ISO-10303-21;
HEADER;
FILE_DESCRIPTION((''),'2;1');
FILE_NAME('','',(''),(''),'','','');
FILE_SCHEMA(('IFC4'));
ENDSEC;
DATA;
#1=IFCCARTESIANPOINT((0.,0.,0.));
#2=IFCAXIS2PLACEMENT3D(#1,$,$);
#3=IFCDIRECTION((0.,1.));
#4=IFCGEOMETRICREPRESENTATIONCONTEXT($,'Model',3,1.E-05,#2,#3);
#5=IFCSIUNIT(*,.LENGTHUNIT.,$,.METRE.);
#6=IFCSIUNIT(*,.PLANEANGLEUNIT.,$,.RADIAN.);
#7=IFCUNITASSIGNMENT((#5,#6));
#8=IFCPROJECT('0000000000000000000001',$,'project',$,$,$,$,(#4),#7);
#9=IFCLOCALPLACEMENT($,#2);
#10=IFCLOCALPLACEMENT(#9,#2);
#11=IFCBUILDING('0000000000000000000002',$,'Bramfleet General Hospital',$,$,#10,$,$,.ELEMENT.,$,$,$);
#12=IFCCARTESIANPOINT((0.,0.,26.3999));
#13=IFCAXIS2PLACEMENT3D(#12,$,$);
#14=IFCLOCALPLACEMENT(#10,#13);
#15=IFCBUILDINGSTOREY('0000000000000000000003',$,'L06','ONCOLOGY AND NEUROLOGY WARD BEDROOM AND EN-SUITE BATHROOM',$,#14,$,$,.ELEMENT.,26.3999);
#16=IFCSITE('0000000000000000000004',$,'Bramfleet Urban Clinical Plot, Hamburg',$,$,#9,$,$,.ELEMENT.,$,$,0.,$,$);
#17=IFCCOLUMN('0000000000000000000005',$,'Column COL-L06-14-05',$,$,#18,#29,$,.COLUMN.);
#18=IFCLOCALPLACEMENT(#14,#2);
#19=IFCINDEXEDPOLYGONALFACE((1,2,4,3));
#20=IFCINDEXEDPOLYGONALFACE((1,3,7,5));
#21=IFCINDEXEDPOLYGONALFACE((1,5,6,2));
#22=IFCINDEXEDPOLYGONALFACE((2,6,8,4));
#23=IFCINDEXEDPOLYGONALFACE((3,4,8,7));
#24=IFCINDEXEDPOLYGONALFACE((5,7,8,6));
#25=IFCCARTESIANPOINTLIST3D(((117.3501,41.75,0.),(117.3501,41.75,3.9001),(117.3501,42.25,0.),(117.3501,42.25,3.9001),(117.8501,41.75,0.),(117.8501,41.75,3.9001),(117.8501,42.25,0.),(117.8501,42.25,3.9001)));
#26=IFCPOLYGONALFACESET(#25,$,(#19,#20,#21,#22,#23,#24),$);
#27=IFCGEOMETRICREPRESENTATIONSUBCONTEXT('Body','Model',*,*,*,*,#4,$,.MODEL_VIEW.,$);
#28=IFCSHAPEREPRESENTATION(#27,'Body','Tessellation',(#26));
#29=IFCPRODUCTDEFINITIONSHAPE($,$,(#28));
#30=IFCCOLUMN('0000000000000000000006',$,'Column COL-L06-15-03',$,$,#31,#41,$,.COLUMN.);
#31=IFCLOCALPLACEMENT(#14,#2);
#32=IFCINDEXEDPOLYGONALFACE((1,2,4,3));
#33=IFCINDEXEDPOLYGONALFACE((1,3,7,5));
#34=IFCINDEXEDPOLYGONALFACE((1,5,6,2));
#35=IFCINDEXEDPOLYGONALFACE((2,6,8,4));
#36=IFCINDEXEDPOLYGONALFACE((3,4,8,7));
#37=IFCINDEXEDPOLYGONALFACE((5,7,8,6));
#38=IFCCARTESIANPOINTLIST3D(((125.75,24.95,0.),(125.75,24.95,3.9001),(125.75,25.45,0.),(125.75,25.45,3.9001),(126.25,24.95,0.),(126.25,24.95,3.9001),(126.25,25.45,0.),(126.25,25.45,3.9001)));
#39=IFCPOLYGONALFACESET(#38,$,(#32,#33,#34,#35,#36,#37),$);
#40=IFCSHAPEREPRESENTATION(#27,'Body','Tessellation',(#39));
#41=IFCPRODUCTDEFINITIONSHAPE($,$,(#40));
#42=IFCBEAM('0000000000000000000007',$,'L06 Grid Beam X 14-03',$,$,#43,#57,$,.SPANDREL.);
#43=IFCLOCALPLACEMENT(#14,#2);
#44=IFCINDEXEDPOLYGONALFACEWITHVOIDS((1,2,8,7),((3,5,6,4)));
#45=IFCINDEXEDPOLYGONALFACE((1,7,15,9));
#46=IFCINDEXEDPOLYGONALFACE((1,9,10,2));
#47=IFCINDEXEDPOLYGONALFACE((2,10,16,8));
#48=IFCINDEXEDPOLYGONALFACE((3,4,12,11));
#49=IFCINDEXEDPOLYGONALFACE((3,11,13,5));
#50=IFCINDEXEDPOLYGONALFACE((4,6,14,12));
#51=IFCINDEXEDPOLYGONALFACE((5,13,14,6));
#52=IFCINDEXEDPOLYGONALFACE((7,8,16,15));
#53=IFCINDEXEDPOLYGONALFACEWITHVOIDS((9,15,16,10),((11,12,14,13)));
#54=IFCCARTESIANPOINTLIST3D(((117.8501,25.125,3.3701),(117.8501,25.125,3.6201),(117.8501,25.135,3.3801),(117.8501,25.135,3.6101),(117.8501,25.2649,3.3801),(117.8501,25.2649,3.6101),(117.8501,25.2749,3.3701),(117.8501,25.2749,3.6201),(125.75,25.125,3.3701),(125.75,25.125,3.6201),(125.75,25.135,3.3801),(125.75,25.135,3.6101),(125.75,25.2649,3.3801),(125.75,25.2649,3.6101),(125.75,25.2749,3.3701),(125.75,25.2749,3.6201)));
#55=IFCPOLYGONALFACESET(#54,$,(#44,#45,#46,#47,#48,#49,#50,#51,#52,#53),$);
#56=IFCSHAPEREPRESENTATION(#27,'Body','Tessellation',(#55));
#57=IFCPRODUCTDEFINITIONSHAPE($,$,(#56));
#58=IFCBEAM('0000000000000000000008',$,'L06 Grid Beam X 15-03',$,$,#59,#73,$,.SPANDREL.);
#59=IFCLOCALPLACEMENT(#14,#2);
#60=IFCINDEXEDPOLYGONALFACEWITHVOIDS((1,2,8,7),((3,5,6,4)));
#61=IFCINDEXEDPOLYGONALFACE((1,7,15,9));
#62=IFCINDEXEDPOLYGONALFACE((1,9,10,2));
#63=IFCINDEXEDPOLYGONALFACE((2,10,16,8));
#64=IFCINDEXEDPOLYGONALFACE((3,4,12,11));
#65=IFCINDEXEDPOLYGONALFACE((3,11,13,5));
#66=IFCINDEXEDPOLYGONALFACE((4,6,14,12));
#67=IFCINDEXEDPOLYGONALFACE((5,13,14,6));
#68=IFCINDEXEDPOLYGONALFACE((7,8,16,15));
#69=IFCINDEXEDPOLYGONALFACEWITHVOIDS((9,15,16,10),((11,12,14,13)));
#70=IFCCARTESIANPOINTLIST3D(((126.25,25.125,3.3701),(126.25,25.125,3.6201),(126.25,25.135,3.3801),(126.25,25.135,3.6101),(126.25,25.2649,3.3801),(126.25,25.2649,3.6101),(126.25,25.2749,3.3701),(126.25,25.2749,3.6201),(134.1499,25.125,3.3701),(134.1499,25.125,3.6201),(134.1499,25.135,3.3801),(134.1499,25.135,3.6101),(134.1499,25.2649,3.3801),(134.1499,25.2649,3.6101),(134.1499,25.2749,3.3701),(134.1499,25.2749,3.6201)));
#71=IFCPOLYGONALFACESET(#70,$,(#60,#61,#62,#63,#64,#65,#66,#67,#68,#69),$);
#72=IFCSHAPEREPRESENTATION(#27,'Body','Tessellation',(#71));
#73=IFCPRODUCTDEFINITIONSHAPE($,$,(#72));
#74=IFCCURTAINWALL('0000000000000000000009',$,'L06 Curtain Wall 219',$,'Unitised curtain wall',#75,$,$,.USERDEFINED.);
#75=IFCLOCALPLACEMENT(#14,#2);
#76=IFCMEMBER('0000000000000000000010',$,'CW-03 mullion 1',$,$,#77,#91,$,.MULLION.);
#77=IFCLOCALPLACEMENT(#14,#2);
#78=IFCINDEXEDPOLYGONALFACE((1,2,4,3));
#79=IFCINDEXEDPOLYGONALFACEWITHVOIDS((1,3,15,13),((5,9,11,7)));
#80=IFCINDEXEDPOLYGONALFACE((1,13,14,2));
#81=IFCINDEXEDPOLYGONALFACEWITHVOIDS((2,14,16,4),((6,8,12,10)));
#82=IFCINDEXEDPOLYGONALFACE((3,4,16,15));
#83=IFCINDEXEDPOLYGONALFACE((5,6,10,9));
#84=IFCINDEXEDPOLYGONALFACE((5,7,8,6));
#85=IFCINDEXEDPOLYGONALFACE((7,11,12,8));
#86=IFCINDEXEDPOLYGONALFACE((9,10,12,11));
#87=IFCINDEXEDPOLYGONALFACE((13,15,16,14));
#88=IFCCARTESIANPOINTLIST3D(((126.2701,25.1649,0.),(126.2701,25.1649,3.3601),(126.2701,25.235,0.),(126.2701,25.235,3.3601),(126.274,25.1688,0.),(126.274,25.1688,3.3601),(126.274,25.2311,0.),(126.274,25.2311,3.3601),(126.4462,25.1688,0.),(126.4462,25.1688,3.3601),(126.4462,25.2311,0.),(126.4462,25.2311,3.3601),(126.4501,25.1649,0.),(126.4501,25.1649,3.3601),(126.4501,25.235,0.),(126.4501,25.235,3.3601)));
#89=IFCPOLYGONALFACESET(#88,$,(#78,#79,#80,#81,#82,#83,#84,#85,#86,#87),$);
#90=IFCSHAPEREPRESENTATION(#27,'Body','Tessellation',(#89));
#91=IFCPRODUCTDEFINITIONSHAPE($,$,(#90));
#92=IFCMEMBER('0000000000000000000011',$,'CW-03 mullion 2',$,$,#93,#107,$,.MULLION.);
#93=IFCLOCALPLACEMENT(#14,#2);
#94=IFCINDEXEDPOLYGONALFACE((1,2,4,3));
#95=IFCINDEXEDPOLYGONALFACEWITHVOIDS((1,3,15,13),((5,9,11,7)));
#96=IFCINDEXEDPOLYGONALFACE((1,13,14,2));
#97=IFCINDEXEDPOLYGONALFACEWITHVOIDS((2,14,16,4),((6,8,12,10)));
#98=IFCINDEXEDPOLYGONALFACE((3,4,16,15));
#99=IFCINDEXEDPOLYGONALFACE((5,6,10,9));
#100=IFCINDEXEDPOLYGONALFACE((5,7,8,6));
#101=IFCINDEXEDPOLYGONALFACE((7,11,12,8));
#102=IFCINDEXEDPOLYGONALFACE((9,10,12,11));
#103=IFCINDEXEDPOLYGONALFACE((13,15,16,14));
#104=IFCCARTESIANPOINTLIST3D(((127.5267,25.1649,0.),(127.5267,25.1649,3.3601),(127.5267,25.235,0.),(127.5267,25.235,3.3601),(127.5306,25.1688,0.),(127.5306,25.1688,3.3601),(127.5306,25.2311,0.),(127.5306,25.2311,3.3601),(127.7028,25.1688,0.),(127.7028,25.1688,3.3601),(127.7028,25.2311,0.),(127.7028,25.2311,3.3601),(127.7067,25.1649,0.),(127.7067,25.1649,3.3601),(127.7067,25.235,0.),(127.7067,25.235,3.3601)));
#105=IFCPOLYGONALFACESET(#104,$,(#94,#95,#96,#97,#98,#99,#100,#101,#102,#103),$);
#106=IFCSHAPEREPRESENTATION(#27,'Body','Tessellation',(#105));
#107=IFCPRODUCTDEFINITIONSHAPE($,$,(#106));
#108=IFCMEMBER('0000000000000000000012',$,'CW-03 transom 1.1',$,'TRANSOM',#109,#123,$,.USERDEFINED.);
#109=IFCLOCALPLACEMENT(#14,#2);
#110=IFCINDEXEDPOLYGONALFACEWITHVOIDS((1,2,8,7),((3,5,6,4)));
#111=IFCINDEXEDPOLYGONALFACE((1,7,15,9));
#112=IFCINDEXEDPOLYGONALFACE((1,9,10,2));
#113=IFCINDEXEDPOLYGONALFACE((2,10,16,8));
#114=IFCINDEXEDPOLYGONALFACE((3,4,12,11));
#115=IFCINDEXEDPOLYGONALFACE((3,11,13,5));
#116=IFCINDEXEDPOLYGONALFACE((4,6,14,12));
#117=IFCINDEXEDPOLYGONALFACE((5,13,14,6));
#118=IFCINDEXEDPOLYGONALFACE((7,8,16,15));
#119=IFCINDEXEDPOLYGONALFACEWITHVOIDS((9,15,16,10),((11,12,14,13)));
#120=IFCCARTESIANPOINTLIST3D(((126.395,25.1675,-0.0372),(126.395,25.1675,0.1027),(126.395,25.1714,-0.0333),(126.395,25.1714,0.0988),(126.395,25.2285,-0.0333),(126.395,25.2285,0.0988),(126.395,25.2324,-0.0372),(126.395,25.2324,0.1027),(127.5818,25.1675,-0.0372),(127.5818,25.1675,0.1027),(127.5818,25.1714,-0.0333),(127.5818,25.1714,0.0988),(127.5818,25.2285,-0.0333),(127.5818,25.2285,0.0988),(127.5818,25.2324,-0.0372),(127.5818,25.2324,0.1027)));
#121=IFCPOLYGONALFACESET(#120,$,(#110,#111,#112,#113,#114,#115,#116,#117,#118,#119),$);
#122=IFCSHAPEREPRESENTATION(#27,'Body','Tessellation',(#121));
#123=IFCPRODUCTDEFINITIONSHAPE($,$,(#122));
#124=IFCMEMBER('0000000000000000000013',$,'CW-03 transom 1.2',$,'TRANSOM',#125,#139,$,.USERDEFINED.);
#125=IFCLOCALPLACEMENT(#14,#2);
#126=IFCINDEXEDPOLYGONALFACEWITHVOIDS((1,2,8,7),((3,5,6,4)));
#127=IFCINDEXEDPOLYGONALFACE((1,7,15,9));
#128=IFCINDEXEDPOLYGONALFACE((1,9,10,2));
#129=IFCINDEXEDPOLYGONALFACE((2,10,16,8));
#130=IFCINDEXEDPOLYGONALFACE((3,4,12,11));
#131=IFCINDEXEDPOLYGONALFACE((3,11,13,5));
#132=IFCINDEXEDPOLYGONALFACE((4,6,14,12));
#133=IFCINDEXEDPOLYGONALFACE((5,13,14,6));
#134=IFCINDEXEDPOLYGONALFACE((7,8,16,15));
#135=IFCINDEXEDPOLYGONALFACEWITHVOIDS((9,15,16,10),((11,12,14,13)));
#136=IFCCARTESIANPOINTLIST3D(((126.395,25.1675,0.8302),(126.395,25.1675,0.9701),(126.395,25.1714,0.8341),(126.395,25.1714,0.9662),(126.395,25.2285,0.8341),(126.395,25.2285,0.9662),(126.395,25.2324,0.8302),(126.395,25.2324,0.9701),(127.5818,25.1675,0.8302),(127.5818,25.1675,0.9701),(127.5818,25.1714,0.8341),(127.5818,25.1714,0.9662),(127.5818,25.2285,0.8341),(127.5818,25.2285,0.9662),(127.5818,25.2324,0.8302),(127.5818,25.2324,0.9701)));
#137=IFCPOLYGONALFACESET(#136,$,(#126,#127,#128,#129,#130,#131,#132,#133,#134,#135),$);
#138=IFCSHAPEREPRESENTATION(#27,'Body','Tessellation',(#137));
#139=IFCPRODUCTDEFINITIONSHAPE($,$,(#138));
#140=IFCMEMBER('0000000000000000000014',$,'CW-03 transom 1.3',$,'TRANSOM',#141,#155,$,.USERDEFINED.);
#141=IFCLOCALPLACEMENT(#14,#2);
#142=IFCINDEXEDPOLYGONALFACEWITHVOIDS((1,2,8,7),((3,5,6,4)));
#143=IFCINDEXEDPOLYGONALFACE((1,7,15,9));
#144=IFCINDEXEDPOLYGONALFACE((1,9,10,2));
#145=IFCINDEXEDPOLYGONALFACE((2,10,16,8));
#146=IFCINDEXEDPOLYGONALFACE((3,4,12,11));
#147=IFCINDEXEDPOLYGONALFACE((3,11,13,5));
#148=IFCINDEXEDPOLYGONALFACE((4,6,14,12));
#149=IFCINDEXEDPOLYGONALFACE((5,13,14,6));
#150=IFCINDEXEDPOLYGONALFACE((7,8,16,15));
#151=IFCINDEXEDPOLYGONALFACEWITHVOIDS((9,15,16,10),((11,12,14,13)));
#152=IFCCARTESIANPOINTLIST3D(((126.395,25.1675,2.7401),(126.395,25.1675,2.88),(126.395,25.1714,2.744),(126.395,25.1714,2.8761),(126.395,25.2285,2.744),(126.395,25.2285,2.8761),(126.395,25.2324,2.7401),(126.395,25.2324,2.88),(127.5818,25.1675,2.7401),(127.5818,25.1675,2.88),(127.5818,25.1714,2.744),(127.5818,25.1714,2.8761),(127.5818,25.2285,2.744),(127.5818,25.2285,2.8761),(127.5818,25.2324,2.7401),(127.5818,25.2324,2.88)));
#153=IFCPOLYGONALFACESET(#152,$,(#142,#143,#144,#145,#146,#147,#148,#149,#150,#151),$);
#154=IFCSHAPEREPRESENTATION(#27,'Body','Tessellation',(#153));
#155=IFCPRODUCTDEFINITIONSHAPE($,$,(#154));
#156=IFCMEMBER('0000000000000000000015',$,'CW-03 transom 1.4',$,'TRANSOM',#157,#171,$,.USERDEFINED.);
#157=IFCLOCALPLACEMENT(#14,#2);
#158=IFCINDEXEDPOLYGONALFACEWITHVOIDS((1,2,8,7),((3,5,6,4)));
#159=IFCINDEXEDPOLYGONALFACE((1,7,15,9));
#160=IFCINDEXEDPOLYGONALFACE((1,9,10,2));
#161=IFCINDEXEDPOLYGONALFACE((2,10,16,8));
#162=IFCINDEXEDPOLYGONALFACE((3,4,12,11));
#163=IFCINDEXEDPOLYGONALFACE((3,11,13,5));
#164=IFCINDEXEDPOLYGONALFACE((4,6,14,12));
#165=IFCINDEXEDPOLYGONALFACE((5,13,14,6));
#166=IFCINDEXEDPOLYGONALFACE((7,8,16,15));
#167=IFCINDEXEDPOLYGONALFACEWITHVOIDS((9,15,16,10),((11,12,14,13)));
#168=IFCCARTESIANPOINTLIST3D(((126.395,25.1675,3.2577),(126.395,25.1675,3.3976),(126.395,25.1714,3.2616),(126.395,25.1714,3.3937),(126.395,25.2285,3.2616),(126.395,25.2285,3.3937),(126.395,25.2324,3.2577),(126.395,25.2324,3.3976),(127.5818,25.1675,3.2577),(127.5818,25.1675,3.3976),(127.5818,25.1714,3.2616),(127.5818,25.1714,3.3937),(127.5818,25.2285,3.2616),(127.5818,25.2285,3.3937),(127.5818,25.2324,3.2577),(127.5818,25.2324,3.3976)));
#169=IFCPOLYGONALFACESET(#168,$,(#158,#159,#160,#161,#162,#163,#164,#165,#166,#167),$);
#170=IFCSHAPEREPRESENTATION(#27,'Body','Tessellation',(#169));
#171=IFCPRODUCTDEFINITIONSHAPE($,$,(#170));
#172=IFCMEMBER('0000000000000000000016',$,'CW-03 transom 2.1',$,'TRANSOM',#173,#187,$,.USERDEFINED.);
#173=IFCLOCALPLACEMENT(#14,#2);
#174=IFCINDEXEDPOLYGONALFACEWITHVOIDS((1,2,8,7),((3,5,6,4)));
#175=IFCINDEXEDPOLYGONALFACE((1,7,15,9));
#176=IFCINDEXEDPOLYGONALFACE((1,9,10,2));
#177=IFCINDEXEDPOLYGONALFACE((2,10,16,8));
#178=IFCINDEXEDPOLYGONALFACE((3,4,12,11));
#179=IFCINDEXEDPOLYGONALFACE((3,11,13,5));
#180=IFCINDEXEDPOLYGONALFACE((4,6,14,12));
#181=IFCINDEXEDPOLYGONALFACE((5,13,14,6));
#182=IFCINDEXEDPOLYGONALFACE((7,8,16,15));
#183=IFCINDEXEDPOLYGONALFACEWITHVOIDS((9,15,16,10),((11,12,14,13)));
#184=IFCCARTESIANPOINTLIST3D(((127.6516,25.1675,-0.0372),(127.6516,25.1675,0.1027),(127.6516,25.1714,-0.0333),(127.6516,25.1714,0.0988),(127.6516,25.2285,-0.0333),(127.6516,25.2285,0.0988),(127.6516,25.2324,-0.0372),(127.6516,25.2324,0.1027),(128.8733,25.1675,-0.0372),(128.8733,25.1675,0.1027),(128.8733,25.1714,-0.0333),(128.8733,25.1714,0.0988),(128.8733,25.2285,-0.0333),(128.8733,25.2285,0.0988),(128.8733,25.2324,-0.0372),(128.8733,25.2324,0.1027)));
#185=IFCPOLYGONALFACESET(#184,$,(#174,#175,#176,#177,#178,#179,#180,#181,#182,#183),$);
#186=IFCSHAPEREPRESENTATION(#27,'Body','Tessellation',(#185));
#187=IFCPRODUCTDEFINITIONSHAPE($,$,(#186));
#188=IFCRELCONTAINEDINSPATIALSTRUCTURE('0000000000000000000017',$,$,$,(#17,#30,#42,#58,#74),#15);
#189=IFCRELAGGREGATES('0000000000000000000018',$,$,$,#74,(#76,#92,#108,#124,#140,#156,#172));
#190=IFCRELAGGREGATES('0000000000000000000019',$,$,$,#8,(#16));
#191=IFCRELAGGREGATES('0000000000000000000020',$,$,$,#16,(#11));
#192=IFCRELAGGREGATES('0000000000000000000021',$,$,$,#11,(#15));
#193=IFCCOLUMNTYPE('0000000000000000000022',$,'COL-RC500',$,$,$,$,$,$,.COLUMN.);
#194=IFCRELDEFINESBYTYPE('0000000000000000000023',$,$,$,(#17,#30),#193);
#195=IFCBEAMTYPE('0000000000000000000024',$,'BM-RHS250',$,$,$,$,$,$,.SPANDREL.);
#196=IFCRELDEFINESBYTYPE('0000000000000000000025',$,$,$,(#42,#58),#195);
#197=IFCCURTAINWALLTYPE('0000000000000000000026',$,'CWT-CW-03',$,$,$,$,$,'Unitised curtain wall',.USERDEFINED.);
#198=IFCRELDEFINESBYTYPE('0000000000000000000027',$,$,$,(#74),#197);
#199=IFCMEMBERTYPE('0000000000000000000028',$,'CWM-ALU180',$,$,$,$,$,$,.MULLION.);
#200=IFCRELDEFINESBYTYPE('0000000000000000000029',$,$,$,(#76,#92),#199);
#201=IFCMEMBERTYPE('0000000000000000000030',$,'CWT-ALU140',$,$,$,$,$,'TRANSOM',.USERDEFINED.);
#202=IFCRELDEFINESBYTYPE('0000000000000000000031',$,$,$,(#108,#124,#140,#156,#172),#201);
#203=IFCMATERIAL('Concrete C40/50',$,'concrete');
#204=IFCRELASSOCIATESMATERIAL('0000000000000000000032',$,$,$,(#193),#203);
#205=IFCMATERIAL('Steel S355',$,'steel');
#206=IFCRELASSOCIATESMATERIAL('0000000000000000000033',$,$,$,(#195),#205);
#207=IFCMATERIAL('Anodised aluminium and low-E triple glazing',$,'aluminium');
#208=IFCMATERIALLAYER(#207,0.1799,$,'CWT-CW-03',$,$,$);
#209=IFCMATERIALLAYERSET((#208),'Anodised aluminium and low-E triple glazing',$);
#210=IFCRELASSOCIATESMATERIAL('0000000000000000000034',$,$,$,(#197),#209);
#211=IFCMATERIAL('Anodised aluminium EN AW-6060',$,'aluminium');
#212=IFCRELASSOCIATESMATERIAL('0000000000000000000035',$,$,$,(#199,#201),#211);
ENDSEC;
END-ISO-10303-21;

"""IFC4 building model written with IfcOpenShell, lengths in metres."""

from ifc_helpers import new_model, si_unit, direction, frame, origin, origin_2d, place, context, subcontext, project, spatial, rectangle, hollow_rectangle, extrude, material, layer, layer_set, material_profile, profile_set, type_object, element, aggregate, save


model = new_model("IFC4")

# Units and contexts
model_context = context("Model", 3, precision=1e-05, world=origin(), true_north=direction((0.0, 1.0)))
body_context = subcontext(model_context, "Body", "Model", "MODEL_VIEW")
ifc_project = project(units=[si_unit("LENGTHUNIT", "METRE"), si_unit("PLANEANGLEUNIT", "RADIAN")], contexts=[model_context])

# Site, building, storey
site_placement = place(None, origin())
site = spatial("IfcSite", under=ifc_project, at=site_placement, Name="Bramfleet Urban Clinical Plot, Hamburg", CompositionType="ELEMENT", RefElevation=0.0)
building_placement = place(site_placement, origin())
building = spatial("IfcBuilding", under=site, at=building_placement, Name="Bramfleet General Hospital", CompositionType="ELEMENT")
storey_placement = place(building_placement, frame((0.0, 0.0, 26.3999)))
storey = spatial("IfcBuildingStorey", under=building, at=storey_placement, Name="L06", Description="ONCOLOGY AND NEUROLOGY WARD BEDROOM AND EN-SUITE BATHROOM", CompositionType="ELEMENT", Elevation=26.3999)

# Columns
ifc_material_1 = material(Name="Concrete C40/50", Category="concrete")
ifc_material_profile_1 = material_profile(ifc_material_1, rectangle(XDim=0.5, YDim=0.5, at=origin_2d()), Name="RC COL 500x500")
ifc_profile_set_1 = profile_set([ifc_material_profile_1], Name="Concrete C40/50")
column_type = type_object("IfcColumnType", Name="COL-RC500", PredefinedType="COLUMN", material=ifc_profile_set_1)
for number, where, z_axis, x_axis, name in (
    (1, (117.6001, 42.0, 0.0), (0.0, 0.0, 1.0), (1.0, 0.0, 0.0), "Column COL-L06-14-05"),
    (2, (126.0, 25.2, 0.0), (0.0, 0.0, 1.0), (1.0, 0.0, 0.0), "Column COL-L06-15-03"),
):
    element("IfcColumn", number, at=place(storey_placement, frame(where, z_axis=z_axis, x_axis=x_axis)), inside=storey, type_object=column_type, Name=name, PredefinedType="COLUMN", context=body_context, shape_type="SweptSolid", body=[
        extrude(rectangle(XDim=0.5, YDim=0.5, at=origin_2d()), origin(), (0.0, 0.0, 1.0), 3.9001),
    ])

# Beams
ifc_material_2 = material(Name="Steel S355", Category="steel")
ifc_material_profile_2 = material_profile(ifc_material_2, hollow_rectangle(XDim=0.1499, YDim=0.25, WallThickness=0.01, at=origin_2d()), Name="RHS 250x150x10.0")
ifc_profile_set_2 = profile_set([ifc_material_profile_2], Name="Steel S355")
beam_type = type_object("IfcBeamType", Name="BM-RHS250", PredefinedType="SPANDREL", material=ifc_profile_set_2)
for number, where, z_axis, x_axis, name in (
    (3, (117.8501, 25.2, 3.4951), (1.0, 0.0, 0.0), (0.0, 1.0, 0.0), "L06 Grid Beam X 14-03"),
    (4, (126.25, 25.2, 3.4951), (1.0, 0.0, 0.0), (0.0, 1.0, 0.0), "L06 Grid Beam X 15-03"),
):
    element("IfcBeam", number, at=place(storey_placement, frame(where, z_axis=z_axis, x_axis=x_axis)), inside=storey, type_object=beam_type, Name=name, PredefinedType="SPANDREL", context=body_context, shape_type="SweptSolid", body=[
        extrude(hollow_rectangle(XDim=0.1499, YDim=0.25, WallThickness=0.01, at=origin_2d()), origin(), (0.0, 0.0, 1.0), 7.8999),
    ])

# Curtain wall, members
ifc_material_3 = material(Name="Anodised aluminium and low-E triple glazing", Category="aluminium")
ifc_layer_1 = layer(ifc_material_3, 0.1799, Name="CWT-CW-03")
ifc_layer_set_1 = layer_set([ifc_layer_1], Name="Anodised aluminium and low-E triple glazing")
curtain_wall_type = type_object("IfcCurtainWallType", Name="CWT-CW-03", ElementType="Unitised curtain wall", PredefinedType="USERDEFINED", material=ifc_layer_set_1)
curtain_wall_placement = place(storey_placement, origin())
curtain_wall = element("IfcCurtainWall", 5, at=curtain_wall_placement, inside=storey, type_object=curtain_wall_type, Name="L06 Curtain Wall 219", ObjectType="Unitised curtain wall", PredefinedType="USERDEFINED")
ifc_material_4 = material(Name="Anodised aluminium EN AW-6060", Category="aluminium")
ifc_material_profile_3 = material_profile(ifc_material_4, hollow_rectangle(XDim=0.0701, YDim=0.1799, WallThickness=0.0039, at=origin_2d()), Name="ALU 180x70x4.0")
ifc_profile_set_3 = profile_set([ifc_material_profile_3], Name="Anodised aluminium EN AW-6060")
member_type_1 = type_object("IfcMemberType", Name="CWM-ALU180", PredefinedType="MULLION", material=ifc_profile_set_3)
member_1_placement = place(storey_placement, frame((126.3601, 25.2, 0.0), z_axis=(0.0, 0.0, 1.0), x_axis=(0.0, 1.0, 0.0)))
member_1 = element("IfcMember", 6, at=member_1_placement, type_object=member_type_1, Name="CW-03 mullion 1", PredefinedType="MULLION", context=body_context, shape_type="SweptSolid", body=[
    extrude(hollow_rectangle(XDim=0.0701, YDim=0.1799, WallThickness=0.0039, at=origin_2d()), origin(), (0.0, 0.0, 1.0), 3.3601),
])
member_2_placement = place(storey_placement, frame((127.6167, 25.2, 0.0), z_axis=(0.0, 0.0, 1.0), x_axis=(0.0, 1.0, 0.0)))
member_2 = element("IfcMember", 7, at=member_2_placement, type_object=member_type_1, Name="CW-03 mullion 2", PredefinedType="MULLION", context=body_context, shape_type="SweptSolid", body=[
    extrude(hollow_rectangle(XDim=0.0701, YDim=0.1799, WallThickness=0.0039, at=origin_2d()), origin(), (0.0, 0.0, 1.0), 3.3601),
])
ifc_material_profile_4 = material_profile(ifc_material_4, hollow_rectangle(XDim=0.0649, YDim=0.1399, WallThickness=0.0039, at=origin_2d()), Name="ALU 140x65x4.0")
ifc_profile_set_4 = profile_set([ifc_material_profile_4], Name="Anodised aluminium EN AW-6060")
member_type_2 = type_object("IfcMemberType", Name="CWT-ALU140", ElementType="TRANSOM", PredefinedType="USERDEFINED", material=ifc_profile_set_4)
member_3_placement = place(storey_placement, frame((126.395, 25.2, 0.0327), z_axis=(1.0, 0.0, 0.0), x_axis=(0.0, 1.0, 0.0)))
member_3 = element("IfcMember", 8, at=member_3_placement, type_object=member_type_2, Name="CW-03 transom 1.1", ObjectType="TRANSOM", PredefinedType="USERDEFINED", context=body_context, shape_type="SweptSolid", body=[
    extrude(hollow_rectangle(XDim=0.0649, YDim=0.1399, WallThickness=0.0039, at=origin_2d()), origin(), (0.0, 0.0, 1.0), 1.1868),
])
member_4_placement = place(storey_placement, frame((126.395, 25.2, 0.9001), z_axis=(1.0, 0.0, 0.0), x_axis=(0.0, 1.0, 0.0)))
member_4 = element("IfcMember", 9, at=member_4_placement, type_object=member_type_2, Name="CW-03 transom 1.2", ObjectType="TRANSOM", PredefinedType="USERDEFINED", context=body_context, shape_type="SweptSolid", body=[
    extrude(hollow_rectangle(XDim=0.0649, YDim=0.1399, WallThickness=0.0039, at=origin_2d()), origin(), (0.0, 0.0, 1.0), 1.1868),
])
member_5_placement = place(storey_placement, frame((126.395, 25.2, 2.8101), z_axis=(1.0, 0.0, 0.0), x_axis=(0.0, 1.0, 0.0)))
member_5 = element("IfcMember", 10, at=member_5_placement, type_object=member_type_2, Name="CW-03 transom 1.3", ObjectType="TRANSOM", PredefinedType="USERDEFINED", context=body_context, shape_type="SweptSolid", body=[
    extrude(hollow_rectangle(XDim=0.0649, YDim=0.1399, WallThickness=0.0039, at=origin_2d()), origin(), (0.0, 0.0, 1.0), 1.1868),
])
member_6_placement = place(storey_placement, frame((126.395, 25.2, 3.3276), z_axis=(1.0, 0.0, 0.0), x_axis=(0.0, 1.0, 0.0)))
member_6 = element("IfcMember", 11, at=member_6_placement, type_object=member_type_2, Name="CW-03 transom 1.4", ObjectType="TRANSOM", PredefinedType="USERDEFINED", context=body_context, shape_type="SweptSolid", body=[
    extrude(hollow_rectangle(XDim=0.0649, YDim=0.1399, WallThickness=0.0039, at=origin_2d()), origin(), (0.0, 0.0, 1.0), 1.1868),
])
member_7_placement = place(storey_placement, frame((127.6516, 25.2, 0.0327), z_axis=(1.0, 0.0, 0.0), x_axis=(0.0, 1.0, 0.0)))
member_7 = element("IfcMember", 12, at=member_7_placement, type_object=member_type_2, Name="CW-03 transom 2.1", ObjectType="TRANSOM", PredefinedType="USERDEFINED", context=body_context, shape_type="SweptSolid", body=[
    extrude(hollow_rectangle(XDim=0.0649, YDim=0.1399, WallThickness=0.0039, at=origin_2d()), origin(), (0.0, 0.0, 1.0), 1.2217),
])
aggregate(curtain_wall, [member_1, member_2, member_3, member_4, member_5, member_6, member_7])

save(model, "model.ifc")
